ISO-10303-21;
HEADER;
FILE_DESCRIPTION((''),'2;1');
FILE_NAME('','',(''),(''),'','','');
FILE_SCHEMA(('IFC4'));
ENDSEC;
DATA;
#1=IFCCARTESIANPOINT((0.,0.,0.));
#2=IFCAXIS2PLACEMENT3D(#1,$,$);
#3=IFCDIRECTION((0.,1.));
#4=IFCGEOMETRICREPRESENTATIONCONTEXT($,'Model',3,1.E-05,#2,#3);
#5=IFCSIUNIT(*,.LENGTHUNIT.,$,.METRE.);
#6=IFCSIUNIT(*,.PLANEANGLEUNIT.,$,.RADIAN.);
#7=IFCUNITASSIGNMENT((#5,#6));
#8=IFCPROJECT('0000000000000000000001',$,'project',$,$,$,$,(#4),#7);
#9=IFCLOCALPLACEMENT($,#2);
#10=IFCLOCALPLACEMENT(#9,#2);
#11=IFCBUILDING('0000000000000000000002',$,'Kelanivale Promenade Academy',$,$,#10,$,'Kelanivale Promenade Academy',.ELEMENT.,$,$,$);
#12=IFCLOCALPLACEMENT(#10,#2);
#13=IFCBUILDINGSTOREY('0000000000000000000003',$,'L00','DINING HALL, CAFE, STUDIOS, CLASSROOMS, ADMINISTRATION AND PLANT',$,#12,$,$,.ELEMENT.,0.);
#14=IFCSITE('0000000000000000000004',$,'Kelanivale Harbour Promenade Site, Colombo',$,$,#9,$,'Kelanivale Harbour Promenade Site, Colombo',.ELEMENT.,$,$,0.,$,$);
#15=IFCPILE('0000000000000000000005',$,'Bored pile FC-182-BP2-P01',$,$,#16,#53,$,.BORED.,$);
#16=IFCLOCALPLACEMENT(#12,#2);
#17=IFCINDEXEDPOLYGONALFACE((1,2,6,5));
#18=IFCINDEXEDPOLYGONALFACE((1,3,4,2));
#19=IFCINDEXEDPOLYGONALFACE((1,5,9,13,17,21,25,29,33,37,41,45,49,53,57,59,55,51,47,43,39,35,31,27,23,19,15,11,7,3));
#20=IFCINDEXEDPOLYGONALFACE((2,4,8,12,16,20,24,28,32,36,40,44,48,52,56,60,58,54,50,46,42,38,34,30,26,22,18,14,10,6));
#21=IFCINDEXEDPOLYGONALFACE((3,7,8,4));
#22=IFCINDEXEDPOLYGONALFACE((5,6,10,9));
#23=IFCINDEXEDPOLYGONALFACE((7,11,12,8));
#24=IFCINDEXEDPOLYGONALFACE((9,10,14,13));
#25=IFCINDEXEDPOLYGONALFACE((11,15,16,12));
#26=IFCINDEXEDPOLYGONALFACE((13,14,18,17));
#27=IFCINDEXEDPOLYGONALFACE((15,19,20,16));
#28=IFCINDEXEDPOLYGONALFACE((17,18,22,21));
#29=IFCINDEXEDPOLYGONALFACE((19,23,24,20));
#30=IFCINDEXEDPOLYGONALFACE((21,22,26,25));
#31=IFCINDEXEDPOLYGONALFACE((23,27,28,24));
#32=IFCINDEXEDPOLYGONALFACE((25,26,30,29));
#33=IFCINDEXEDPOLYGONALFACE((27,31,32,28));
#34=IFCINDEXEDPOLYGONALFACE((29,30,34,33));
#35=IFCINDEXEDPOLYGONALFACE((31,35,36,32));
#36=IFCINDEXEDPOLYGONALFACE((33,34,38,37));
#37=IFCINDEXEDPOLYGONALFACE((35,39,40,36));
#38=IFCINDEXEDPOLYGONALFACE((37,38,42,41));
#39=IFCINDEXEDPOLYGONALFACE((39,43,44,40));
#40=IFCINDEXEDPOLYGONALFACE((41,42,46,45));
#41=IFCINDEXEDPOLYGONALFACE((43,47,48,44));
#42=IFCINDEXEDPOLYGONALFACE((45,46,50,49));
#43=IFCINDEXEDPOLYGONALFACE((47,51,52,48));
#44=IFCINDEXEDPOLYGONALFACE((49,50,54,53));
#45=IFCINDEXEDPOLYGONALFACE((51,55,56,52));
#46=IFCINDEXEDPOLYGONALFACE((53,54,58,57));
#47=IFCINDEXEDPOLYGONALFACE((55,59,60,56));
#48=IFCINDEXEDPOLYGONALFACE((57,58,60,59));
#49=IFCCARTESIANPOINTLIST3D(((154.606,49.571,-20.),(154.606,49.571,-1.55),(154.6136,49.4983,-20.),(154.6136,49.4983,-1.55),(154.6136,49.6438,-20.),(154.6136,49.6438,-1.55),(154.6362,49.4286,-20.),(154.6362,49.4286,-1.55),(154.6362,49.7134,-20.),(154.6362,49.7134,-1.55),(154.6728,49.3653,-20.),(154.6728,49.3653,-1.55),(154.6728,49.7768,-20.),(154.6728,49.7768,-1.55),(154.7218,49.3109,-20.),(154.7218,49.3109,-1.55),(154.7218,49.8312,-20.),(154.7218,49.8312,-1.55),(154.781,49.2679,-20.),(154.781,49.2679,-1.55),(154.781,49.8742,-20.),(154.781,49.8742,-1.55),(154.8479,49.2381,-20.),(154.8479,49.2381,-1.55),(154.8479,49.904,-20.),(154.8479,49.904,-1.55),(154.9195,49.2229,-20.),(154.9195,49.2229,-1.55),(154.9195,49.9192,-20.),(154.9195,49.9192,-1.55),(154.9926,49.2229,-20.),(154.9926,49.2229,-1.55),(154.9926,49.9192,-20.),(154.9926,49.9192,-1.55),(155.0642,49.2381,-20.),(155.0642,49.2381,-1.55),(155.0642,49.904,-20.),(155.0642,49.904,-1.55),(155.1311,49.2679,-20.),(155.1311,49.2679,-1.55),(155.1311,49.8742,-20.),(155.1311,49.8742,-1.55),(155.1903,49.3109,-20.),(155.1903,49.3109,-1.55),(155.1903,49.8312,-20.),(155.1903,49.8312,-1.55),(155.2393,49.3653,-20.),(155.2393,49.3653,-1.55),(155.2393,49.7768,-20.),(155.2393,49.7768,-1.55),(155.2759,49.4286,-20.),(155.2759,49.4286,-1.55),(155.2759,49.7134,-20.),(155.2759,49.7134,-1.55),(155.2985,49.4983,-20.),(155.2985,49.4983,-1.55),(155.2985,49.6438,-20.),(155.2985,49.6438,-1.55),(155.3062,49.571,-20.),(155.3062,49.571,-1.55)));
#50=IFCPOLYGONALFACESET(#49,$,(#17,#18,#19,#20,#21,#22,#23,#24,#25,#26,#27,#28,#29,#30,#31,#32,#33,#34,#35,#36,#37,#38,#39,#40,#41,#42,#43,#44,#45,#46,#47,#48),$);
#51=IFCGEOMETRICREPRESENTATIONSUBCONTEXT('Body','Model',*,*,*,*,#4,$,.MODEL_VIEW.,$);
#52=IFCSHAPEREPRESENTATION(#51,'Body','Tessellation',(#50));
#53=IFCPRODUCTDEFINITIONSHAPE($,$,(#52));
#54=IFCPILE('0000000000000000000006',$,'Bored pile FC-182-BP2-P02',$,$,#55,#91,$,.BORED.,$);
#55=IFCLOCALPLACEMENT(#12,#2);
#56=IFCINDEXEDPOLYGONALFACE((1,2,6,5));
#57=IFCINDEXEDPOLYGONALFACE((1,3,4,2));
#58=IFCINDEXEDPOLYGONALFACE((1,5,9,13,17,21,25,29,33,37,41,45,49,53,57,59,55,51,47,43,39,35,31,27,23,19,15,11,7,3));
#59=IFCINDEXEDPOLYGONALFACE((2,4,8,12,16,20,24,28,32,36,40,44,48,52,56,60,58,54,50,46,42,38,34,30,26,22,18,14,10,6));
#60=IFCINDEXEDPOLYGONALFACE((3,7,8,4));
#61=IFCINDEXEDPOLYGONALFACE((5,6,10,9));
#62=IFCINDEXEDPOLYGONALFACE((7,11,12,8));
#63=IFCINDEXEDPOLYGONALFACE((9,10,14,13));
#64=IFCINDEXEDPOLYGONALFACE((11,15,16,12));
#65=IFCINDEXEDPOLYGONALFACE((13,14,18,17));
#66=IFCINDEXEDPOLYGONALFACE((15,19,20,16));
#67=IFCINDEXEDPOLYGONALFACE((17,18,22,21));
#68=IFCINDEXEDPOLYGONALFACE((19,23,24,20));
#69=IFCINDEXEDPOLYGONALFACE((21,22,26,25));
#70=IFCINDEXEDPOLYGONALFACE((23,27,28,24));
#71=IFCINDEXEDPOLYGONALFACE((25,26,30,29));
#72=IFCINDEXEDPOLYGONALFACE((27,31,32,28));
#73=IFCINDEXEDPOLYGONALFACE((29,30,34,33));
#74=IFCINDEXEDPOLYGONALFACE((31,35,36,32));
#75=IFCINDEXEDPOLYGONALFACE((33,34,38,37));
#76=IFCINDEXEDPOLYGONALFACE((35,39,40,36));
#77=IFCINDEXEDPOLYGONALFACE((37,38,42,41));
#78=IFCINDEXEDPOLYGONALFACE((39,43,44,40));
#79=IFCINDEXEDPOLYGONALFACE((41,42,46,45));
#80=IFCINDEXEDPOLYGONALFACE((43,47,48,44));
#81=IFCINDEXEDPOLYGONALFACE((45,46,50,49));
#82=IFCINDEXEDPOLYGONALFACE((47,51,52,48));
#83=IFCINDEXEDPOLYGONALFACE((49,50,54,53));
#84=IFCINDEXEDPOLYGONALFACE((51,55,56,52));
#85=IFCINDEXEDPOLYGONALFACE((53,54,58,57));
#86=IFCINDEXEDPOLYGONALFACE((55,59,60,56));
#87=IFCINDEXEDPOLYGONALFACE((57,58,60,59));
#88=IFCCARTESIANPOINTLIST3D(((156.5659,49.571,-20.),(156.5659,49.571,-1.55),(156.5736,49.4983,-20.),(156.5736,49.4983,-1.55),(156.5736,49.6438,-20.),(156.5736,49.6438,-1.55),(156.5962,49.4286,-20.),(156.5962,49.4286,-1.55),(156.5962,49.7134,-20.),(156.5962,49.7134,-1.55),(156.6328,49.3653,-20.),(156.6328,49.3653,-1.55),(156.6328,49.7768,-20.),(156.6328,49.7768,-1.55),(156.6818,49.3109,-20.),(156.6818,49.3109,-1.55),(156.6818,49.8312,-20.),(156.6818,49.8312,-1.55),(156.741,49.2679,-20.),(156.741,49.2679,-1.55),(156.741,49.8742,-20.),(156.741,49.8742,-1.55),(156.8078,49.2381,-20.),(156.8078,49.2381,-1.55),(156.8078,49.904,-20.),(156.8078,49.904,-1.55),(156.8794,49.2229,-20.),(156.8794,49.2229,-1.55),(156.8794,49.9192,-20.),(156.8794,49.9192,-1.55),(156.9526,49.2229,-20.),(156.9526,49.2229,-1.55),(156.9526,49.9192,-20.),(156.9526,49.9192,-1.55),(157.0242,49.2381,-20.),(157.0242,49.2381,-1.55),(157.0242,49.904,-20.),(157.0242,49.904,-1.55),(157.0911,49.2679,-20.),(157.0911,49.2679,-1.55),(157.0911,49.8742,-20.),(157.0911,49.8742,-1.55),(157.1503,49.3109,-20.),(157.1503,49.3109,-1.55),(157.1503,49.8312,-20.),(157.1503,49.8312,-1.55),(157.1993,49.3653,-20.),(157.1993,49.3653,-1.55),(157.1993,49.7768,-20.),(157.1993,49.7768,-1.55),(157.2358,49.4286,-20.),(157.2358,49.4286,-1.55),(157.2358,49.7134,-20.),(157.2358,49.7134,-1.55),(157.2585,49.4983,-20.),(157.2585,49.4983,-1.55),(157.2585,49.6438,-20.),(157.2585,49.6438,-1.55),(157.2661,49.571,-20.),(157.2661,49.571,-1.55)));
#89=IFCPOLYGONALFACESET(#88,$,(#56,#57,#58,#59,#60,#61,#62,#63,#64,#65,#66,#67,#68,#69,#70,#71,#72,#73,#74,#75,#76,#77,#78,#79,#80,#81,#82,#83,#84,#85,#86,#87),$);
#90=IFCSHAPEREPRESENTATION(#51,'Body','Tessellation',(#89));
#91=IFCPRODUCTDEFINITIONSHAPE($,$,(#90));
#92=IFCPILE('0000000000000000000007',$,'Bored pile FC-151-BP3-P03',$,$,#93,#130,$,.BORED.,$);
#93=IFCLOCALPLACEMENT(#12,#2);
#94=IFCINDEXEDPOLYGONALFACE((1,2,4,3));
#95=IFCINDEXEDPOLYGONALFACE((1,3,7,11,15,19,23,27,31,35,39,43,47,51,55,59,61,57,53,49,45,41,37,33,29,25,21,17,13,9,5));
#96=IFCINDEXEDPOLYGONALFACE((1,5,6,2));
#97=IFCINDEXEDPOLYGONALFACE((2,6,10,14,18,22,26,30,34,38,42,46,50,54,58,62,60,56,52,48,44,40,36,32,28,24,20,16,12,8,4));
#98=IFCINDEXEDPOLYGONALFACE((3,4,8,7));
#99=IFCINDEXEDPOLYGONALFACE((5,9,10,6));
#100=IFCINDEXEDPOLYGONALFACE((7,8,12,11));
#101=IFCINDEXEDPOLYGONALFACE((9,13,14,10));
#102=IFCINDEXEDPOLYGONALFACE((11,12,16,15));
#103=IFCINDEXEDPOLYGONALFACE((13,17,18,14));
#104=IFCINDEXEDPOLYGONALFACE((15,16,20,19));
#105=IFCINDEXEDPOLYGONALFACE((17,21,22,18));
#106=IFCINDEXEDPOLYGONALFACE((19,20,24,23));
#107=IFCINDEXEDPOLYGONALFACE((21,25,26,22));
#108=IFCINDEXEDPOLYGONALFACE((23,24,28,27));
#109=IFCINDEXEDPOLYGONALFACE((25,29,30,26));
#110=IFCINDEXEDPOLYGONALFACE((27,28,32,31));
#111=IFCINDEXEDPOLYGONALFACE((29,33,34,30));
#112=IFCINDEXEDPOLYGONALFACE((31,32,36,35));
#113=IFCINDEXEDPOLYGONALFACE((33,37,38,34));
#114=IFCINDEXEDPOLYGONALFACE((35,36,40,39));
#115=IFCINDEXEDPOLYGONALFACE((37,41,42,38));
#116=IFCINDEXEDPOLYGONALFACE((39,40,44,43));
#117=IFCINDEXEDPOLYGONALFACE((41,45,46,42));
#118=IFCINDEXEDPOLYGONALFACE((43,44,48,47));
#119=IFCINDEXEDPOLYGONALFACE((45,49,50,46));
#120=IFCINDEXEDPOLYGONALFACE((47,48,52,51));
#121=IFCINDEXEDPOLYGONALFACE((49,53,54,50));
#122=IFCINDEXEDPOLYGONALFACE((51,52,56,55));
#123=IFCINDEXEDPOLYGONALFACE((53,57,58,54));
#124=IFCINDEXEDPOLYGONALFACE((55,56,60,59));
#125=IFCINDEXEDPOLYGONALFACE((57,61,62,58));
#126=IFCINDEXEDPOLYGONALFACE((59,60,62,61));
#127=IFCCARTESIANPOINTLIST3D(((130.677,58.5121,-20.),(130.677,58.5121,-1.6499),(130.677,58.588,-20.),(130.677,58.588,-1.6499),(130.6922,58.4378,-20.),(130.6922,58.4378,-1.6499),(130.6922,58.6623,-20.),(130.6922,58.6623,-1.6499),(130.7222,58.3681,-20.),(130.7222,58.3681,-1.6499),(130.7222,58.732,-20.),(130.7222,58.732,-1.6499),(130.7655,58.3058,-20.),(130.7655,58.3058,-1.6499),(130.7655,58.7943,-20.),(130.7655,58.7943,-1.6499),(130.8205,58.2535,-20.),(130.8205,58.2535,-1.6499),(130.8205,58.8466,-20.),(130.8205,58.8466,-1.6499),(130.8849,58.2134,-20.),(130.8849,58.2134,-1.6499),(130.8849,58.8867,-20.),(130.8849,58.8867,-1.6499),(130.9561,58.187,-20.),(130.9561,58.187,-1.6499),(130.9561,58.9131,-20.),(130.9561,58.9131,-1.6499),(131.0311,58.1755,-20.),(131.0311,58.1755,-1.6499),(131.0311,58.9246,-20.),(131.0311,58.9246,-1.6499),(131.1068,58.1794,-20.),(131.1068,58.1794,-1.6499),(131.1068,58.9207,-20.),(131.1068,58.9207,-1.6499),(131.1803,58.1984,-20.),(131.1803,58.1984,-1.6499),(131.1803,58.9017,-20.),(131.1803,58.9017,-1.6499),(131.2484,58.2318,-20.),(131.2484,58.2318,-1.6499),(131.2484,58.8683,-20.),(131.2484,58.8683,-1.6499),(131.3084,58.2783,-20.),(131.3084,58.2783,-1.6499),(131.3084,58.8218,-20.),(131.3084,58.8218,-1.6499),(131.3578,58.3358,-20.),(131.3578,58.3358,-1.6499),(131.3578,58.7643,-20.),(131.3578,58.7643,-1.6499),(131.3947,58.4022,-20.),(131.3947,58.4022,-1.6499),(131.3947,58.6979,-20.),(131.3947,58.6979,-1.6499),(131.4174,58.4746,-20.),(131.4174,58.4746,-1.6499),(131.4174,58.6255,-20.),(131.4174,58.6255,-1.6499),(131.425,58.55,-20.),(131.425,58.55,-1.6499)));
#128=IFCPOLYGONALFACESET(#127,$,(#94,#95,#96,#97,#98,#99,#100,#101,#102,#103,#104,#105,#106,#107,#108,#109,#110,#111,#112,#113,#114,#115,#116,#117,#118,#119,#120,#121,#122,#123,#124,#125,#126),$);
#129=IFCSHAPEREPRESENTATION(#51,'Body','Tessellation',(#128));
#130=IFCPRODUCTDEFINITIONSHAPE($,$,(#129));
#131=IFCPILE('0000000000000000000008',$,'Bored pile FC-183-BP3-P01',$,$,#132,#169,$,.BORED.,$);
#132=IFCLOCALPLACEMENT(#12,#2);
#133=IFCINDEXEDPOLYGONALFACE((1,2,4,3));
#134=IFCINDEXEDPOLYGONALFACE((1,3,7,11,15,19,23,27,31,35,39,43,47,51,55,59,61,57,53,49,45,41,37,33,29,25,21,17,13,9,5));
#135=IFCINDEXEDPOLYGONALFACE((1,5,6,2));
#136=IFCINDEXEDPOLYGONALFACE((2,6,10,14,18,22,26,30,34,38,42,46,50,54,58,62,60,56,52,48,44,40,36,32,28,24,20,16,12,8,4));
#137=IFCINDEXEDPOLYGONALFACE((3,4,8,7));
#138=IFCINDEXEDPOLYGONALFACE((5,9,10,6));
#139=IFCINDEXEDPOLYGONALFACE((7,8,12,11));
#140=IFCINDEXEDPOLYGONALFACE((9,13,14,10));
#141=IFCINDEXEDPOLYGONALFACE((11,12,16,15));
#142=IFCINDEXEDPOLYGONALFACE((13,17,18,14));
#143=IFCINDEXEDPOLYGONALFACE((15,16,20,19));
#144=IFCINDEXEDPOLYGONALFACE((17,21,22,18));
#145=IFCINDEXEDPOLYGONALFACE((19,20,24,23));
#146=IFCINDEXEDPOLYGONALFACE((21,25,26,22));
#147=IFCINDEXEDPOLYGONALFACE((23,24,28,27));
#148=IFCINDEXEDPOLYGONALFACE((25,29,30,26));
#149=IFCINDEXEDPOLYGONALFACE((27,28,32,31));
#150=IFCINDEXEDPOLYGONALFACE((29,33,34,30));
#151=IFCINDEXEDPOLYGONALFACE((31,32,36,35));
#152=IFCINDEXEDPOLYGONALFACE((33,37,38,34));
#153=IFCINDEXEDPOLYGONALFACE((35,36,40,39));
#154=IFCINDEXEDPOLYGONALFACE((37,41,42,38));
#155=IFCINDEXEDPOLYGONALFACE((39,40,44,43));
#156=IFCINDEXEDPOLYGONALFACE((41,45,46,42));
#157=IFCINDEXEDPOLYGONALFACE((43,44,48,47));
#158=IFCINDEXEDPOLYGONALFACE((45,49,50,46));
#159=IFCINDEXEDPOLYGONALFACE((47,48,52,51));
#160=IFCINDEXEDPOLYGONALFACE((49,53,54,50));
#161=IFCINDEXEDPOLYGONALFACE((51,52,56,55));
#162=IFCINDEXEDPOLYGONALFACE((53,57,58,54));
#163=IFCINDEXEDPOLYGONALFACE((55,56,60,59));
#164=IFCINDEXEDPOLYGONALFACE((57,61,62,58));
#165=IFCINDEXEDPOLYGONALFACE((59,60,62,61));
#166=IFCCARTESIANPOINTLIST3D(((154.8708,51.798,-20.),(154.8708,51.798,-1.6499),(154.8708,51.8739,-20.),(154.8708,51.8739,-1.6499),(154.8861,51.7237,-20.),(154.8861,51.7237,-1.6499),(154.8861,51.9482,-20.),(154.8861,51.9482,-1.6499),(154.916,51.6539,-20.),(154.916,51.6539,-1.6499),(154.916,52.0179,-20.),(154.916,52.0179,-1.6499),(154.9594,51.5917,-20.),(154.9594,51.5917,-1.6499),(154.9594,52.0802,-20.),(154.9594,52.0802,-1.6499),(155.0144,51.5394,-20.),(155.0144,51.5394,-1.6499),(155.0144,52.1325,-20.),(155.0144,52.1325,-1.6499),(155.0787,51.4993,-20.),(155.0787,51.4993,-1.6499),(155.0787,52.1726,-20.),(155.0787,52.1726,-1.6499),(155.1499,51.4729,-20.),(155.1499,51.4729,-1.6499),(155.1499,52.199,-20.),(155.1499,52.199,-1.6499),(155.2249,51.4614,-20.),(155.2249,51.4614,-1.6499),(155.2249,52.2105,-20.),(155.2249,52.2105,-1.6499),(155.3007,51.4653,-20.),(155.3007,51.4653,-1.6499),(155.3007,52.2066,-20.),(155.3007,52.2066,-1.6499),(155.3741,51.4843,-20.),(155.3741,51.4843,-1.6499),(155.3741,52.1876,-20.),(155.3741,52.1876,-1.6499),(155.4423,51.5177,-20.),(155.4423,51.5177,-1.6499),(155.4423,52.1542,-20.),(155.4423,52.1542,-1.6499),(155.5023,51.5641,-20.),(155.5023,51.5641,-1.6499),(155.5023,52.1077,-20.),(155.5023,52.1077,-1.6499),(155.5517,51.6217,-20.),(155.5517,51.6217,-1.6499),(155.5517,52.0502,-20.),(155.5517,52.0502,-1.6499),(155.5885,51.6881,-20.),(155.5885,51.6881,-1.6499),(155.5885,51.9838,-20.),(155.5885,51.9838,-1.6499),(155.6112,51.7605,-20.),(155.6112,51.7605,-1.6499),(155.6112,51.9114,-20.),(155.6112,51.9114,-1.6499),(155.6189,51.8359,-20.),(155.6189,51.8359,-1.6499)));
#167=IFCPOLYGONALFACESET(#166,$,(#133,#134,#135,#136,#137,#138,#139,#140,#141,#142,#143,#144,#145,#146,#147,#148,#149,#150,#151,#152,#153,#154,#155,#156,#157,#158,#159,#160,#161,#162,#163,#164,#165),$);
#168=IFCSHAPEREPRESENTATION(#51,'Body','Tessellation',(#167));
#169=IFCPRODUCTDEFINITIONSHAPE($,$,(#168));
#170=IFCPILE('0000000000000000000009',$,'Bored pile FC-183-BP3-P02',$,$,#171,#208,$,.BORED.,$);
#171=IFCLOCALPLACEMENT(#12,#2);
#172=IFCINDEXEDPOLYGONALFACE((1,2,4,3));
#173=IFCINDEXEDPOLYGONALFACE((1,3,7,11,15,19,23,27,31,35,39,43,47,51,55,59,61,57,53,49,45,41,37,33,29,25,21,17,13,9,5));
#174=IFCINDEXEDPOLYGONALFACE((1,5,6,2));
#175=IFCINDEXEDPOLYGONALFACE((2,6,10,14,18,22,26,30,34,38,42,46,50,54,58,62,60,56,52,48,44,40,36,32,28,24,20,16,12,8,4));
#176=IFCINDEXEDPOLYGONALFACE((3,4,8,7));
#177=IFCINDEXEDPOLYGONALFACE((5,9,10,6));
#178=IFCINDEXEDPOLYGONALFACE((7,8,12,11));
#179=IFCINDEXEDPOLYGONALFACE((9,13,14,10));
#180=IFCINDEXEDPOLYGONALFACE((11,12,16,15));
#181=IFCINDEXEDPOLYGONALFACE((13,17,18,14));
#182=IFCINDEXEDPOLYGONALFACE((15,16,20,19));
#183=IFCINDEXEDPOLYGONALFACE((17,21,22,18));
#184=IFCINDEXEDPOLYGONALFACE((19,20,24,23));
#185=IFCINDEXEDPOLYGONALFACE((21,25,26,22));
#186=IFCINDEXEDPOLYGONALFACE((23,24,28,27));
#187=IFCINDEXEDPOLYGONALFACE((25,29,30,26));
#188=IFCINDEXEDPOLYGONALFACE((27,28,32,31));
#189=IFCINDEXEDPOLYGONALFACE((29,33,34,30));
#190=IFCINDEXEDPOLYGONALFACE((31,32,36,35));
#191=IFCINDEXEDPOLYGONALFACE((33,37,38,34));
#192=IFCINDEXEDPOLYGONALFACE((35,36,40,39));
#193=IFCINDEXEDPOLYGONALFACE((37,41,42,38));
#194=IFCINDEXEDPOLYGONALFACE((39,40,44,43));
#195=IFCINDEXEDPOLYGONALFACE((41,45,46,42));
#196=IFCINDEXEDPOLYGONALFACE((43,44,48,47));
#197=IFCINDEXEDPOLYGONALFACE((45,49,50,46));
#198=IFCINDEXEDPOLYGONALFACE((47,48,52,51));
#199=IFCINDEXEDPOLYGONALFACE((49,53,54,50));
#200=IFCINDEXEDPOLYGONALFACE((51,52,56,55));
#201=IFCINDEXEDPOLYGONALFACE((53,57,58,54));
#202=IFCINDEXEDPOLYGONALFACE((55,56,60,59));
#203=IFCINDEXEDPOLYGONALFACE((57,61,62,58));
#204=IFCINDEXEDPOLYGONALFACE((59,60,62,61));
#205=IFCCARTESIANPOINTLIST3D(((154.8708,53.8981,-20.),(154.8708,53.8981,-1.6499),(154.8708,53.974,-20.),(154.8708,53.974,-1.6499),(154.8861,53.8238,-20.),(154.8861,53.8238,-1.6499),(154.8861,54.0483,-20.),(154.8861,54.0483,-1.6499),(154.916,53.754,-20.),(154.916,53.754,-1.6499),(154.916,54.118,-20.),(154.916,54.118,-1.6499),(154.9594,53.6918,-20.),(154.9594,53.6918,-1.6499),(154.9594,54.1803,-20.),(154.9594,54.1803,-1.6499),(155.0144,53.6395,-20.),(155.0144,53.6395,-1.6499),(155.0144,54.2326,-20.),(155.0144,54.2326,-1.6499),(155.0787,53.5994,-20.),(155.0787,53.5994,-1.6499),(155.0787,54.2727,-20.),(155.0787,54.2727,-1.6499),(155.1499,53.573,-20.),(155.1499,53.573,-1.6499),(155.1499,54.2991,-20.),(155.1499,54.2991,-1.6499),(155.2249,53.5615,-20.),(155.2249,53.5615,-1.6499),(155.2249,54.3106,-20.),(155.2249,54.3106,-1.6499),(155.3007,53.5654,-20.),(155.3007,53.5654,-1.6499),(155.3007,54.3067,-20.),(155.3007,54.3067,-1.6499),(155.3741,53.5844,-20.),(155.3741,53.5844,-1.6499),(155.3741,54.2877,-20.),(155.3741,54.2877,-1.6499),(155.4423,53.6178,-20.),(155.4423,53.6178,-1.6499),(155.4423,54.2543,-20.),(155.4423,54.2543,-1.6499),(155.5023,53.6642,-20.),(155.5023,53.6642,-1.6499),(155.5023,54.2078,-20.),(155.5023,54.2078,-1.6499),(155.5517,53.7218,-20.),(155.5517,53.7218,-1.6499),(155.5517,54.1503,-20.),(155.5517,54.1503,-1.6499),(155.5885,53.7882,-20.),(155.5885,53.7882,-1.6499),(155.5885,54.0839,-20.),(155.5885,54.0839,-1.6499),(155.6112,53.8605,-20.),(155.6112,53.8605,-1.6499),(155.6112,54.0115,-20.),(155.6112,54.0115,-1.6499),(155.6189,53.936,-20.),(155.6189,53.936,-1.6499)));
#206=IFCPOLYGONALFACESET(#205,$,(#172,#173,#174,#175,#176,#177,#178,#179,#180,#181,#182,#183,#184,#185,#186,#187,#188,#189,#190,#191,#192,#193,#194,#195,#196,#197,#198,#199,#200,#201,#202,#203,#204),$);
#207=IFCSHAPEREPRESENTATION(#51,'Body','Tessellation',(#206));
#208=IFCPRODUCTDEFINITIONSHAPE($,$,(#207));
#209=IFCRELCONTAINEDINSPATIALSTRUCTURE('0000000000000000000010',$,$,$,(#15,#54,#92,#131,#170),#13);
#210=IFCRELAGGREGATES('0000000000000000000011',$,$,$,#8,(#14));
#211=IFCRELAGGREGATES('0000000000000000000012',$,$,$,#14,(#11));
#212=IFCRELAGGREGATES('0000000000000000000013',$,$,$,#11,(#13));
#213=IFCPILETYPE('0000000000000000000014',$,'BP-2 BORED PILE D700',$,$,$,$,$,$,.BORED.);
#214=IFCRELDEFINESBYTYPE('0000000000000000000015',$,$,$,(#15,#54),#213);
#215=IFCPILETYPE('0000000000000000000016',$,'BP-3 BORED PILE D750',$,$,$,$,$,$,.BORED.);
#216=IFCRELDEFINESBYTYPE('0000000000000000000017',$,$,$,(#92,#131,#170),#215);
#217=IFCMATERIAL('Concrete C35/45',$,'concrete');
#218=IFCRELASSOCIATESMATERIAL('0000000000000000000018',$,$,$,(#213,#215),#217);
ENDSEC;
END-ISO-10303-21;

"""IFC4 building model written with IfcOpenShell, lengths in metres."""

from ifc_helpers import new_model, si_unit, direction, frame, origin, origin_2d, place, context, subcontext, project, spatial, circle, extrude, material, material_profile, profile_set, type_object, element, save


model = new_model("IFC4")

# Units and contexts
model_context = context("Model", 3, precision=1e-05, world=origin(), true_north=direction((0.0, 1.0)))
body_context = subcontext(model_context, "Body", "Model", "MODEL_VIEW")
ifc_project = project(units=[si_unit("LENGTHUNIT", "METRE"), si_unit("PLANEANGLEUNIT", "RADIAN")], contexts=[model_context])

# Site, building, storey
site_placement = place(None, origin())
site = spatial("IfcSite", under=ifc_project, at=site_placement, Name="Kelanivale Harbour Promenade Site, Colombo", LongName="Kelanivale Harbour Promenade Site, Colombo", CompositionType="ELEMENT", RefElevation=0.0)
building_placement = place(site_placement, origin())
building = spatial("IfcBuilding", under=site, at=building_placement, Name="Kelanivale Promenade Academy", LongName="Kelanivale Promenade Academy", CompositionType="ELEMENT")
storey_placement = place(building_placement, origin())
storey = spatial("IfcBuildingStorey", under=building, at=storey_placement, Name="L00", Description="DINING HALL, CAFE, STUDIOS, CLASSROOMS, ADMINISTRATION AND PLANT", CompositionType="ELEMENT", Elevation=0.0)

# Piles
ifc_material_1 = material(Name="Concrete C35/45", Category="concrete")
ifc_material_profile_1 = material_profile(ifc_material_1, circle(Radius=0.3501, at=origin_2d()), Name="BORED PILE D700")
ifc_profile_set_1 = profile_set([ifc_material_profile_1], Name="Concrete C35/45")
pile_type_1 = type_object("IfcPileType", Name="BP-2 BORED PILE D700", PredefinedType="BORED", material=ifc_profile_set_1)
for number, where, z_axis, x_axis, name in (
    (1, (154.9561, 49.571, -1.55), (0.0, 0.0, -1.0), (1.0, 0.0, 0.0), "Bored pile FC-182-BP2-P01"),
    (2, (156.916, 49.571, -1.55), (0.0, 0.0, -1.0), (1.0, 0.0, 0.0), "Bored pile FC-182-BP2-P02"),
):
    element("IfcPile", number, at=place(storey_placement, frame(where, z_axis=z_axis, x_axis=x_axis)), inside=storey, type_object=pile_type_1, Name=name, PredefinedType="BORED", context=body_context, shape_type="SweptSolid", body=[
        extrude(circle(Radius=0.3501, at=origin_2d()), origin(), (0.0, 0.0, 1.0), 18.45),
    ])
ifc_material_profile_2 = material_profile(ifc_material_1, circle(Radius=0.375, at=origin_2d()), Name="BORED PILE D750")
ifc_profile_set_2 = profile_set([ifc_material_profile_2], Name="Concrete C35/45")
pile_type_2 = type_object("IfcPileType", Name="BP-3 BORED PILE D750", PredefinedType="BORED", material=ifc_profile_set_2)
for number, where, z_axis, x_axis, name in (
    (3, (131.05, 58.55, -1.6499), (0.0, 0.0, -1.0), (1.0, 0.0, 0.0), "Bored pile FC-151-BP3-P03"),
    (4, (155.2439, 51.8359, -1.6499), (0.0, 0.0, -1.0), (1.0, 0.0, 0.0), "Bored pile FC-183-BP3-P01"),
    (5, (155.2439, 53.936, -1.6499), (0.0, 0.0, -1.0), (1.0, 0.0, 0.0), "Bored pile FC-183-BP3-P02"),
):
    element("IfcPile", number, at=place(storey_placement, frame(where, z_axis=z_axis, x_axis=x_axis)), inside=storey, type_object=pile_type_2, Name=name, PredefinedType="BORED", context=body_context, shape_type="SweptSolid", body=[
        extrude(circle(Radius=0.375, at=origin_2d()), origin(), (0.0, 0.0, 1.0), 18.3501),
    ])

save(model, "model.ifc")
